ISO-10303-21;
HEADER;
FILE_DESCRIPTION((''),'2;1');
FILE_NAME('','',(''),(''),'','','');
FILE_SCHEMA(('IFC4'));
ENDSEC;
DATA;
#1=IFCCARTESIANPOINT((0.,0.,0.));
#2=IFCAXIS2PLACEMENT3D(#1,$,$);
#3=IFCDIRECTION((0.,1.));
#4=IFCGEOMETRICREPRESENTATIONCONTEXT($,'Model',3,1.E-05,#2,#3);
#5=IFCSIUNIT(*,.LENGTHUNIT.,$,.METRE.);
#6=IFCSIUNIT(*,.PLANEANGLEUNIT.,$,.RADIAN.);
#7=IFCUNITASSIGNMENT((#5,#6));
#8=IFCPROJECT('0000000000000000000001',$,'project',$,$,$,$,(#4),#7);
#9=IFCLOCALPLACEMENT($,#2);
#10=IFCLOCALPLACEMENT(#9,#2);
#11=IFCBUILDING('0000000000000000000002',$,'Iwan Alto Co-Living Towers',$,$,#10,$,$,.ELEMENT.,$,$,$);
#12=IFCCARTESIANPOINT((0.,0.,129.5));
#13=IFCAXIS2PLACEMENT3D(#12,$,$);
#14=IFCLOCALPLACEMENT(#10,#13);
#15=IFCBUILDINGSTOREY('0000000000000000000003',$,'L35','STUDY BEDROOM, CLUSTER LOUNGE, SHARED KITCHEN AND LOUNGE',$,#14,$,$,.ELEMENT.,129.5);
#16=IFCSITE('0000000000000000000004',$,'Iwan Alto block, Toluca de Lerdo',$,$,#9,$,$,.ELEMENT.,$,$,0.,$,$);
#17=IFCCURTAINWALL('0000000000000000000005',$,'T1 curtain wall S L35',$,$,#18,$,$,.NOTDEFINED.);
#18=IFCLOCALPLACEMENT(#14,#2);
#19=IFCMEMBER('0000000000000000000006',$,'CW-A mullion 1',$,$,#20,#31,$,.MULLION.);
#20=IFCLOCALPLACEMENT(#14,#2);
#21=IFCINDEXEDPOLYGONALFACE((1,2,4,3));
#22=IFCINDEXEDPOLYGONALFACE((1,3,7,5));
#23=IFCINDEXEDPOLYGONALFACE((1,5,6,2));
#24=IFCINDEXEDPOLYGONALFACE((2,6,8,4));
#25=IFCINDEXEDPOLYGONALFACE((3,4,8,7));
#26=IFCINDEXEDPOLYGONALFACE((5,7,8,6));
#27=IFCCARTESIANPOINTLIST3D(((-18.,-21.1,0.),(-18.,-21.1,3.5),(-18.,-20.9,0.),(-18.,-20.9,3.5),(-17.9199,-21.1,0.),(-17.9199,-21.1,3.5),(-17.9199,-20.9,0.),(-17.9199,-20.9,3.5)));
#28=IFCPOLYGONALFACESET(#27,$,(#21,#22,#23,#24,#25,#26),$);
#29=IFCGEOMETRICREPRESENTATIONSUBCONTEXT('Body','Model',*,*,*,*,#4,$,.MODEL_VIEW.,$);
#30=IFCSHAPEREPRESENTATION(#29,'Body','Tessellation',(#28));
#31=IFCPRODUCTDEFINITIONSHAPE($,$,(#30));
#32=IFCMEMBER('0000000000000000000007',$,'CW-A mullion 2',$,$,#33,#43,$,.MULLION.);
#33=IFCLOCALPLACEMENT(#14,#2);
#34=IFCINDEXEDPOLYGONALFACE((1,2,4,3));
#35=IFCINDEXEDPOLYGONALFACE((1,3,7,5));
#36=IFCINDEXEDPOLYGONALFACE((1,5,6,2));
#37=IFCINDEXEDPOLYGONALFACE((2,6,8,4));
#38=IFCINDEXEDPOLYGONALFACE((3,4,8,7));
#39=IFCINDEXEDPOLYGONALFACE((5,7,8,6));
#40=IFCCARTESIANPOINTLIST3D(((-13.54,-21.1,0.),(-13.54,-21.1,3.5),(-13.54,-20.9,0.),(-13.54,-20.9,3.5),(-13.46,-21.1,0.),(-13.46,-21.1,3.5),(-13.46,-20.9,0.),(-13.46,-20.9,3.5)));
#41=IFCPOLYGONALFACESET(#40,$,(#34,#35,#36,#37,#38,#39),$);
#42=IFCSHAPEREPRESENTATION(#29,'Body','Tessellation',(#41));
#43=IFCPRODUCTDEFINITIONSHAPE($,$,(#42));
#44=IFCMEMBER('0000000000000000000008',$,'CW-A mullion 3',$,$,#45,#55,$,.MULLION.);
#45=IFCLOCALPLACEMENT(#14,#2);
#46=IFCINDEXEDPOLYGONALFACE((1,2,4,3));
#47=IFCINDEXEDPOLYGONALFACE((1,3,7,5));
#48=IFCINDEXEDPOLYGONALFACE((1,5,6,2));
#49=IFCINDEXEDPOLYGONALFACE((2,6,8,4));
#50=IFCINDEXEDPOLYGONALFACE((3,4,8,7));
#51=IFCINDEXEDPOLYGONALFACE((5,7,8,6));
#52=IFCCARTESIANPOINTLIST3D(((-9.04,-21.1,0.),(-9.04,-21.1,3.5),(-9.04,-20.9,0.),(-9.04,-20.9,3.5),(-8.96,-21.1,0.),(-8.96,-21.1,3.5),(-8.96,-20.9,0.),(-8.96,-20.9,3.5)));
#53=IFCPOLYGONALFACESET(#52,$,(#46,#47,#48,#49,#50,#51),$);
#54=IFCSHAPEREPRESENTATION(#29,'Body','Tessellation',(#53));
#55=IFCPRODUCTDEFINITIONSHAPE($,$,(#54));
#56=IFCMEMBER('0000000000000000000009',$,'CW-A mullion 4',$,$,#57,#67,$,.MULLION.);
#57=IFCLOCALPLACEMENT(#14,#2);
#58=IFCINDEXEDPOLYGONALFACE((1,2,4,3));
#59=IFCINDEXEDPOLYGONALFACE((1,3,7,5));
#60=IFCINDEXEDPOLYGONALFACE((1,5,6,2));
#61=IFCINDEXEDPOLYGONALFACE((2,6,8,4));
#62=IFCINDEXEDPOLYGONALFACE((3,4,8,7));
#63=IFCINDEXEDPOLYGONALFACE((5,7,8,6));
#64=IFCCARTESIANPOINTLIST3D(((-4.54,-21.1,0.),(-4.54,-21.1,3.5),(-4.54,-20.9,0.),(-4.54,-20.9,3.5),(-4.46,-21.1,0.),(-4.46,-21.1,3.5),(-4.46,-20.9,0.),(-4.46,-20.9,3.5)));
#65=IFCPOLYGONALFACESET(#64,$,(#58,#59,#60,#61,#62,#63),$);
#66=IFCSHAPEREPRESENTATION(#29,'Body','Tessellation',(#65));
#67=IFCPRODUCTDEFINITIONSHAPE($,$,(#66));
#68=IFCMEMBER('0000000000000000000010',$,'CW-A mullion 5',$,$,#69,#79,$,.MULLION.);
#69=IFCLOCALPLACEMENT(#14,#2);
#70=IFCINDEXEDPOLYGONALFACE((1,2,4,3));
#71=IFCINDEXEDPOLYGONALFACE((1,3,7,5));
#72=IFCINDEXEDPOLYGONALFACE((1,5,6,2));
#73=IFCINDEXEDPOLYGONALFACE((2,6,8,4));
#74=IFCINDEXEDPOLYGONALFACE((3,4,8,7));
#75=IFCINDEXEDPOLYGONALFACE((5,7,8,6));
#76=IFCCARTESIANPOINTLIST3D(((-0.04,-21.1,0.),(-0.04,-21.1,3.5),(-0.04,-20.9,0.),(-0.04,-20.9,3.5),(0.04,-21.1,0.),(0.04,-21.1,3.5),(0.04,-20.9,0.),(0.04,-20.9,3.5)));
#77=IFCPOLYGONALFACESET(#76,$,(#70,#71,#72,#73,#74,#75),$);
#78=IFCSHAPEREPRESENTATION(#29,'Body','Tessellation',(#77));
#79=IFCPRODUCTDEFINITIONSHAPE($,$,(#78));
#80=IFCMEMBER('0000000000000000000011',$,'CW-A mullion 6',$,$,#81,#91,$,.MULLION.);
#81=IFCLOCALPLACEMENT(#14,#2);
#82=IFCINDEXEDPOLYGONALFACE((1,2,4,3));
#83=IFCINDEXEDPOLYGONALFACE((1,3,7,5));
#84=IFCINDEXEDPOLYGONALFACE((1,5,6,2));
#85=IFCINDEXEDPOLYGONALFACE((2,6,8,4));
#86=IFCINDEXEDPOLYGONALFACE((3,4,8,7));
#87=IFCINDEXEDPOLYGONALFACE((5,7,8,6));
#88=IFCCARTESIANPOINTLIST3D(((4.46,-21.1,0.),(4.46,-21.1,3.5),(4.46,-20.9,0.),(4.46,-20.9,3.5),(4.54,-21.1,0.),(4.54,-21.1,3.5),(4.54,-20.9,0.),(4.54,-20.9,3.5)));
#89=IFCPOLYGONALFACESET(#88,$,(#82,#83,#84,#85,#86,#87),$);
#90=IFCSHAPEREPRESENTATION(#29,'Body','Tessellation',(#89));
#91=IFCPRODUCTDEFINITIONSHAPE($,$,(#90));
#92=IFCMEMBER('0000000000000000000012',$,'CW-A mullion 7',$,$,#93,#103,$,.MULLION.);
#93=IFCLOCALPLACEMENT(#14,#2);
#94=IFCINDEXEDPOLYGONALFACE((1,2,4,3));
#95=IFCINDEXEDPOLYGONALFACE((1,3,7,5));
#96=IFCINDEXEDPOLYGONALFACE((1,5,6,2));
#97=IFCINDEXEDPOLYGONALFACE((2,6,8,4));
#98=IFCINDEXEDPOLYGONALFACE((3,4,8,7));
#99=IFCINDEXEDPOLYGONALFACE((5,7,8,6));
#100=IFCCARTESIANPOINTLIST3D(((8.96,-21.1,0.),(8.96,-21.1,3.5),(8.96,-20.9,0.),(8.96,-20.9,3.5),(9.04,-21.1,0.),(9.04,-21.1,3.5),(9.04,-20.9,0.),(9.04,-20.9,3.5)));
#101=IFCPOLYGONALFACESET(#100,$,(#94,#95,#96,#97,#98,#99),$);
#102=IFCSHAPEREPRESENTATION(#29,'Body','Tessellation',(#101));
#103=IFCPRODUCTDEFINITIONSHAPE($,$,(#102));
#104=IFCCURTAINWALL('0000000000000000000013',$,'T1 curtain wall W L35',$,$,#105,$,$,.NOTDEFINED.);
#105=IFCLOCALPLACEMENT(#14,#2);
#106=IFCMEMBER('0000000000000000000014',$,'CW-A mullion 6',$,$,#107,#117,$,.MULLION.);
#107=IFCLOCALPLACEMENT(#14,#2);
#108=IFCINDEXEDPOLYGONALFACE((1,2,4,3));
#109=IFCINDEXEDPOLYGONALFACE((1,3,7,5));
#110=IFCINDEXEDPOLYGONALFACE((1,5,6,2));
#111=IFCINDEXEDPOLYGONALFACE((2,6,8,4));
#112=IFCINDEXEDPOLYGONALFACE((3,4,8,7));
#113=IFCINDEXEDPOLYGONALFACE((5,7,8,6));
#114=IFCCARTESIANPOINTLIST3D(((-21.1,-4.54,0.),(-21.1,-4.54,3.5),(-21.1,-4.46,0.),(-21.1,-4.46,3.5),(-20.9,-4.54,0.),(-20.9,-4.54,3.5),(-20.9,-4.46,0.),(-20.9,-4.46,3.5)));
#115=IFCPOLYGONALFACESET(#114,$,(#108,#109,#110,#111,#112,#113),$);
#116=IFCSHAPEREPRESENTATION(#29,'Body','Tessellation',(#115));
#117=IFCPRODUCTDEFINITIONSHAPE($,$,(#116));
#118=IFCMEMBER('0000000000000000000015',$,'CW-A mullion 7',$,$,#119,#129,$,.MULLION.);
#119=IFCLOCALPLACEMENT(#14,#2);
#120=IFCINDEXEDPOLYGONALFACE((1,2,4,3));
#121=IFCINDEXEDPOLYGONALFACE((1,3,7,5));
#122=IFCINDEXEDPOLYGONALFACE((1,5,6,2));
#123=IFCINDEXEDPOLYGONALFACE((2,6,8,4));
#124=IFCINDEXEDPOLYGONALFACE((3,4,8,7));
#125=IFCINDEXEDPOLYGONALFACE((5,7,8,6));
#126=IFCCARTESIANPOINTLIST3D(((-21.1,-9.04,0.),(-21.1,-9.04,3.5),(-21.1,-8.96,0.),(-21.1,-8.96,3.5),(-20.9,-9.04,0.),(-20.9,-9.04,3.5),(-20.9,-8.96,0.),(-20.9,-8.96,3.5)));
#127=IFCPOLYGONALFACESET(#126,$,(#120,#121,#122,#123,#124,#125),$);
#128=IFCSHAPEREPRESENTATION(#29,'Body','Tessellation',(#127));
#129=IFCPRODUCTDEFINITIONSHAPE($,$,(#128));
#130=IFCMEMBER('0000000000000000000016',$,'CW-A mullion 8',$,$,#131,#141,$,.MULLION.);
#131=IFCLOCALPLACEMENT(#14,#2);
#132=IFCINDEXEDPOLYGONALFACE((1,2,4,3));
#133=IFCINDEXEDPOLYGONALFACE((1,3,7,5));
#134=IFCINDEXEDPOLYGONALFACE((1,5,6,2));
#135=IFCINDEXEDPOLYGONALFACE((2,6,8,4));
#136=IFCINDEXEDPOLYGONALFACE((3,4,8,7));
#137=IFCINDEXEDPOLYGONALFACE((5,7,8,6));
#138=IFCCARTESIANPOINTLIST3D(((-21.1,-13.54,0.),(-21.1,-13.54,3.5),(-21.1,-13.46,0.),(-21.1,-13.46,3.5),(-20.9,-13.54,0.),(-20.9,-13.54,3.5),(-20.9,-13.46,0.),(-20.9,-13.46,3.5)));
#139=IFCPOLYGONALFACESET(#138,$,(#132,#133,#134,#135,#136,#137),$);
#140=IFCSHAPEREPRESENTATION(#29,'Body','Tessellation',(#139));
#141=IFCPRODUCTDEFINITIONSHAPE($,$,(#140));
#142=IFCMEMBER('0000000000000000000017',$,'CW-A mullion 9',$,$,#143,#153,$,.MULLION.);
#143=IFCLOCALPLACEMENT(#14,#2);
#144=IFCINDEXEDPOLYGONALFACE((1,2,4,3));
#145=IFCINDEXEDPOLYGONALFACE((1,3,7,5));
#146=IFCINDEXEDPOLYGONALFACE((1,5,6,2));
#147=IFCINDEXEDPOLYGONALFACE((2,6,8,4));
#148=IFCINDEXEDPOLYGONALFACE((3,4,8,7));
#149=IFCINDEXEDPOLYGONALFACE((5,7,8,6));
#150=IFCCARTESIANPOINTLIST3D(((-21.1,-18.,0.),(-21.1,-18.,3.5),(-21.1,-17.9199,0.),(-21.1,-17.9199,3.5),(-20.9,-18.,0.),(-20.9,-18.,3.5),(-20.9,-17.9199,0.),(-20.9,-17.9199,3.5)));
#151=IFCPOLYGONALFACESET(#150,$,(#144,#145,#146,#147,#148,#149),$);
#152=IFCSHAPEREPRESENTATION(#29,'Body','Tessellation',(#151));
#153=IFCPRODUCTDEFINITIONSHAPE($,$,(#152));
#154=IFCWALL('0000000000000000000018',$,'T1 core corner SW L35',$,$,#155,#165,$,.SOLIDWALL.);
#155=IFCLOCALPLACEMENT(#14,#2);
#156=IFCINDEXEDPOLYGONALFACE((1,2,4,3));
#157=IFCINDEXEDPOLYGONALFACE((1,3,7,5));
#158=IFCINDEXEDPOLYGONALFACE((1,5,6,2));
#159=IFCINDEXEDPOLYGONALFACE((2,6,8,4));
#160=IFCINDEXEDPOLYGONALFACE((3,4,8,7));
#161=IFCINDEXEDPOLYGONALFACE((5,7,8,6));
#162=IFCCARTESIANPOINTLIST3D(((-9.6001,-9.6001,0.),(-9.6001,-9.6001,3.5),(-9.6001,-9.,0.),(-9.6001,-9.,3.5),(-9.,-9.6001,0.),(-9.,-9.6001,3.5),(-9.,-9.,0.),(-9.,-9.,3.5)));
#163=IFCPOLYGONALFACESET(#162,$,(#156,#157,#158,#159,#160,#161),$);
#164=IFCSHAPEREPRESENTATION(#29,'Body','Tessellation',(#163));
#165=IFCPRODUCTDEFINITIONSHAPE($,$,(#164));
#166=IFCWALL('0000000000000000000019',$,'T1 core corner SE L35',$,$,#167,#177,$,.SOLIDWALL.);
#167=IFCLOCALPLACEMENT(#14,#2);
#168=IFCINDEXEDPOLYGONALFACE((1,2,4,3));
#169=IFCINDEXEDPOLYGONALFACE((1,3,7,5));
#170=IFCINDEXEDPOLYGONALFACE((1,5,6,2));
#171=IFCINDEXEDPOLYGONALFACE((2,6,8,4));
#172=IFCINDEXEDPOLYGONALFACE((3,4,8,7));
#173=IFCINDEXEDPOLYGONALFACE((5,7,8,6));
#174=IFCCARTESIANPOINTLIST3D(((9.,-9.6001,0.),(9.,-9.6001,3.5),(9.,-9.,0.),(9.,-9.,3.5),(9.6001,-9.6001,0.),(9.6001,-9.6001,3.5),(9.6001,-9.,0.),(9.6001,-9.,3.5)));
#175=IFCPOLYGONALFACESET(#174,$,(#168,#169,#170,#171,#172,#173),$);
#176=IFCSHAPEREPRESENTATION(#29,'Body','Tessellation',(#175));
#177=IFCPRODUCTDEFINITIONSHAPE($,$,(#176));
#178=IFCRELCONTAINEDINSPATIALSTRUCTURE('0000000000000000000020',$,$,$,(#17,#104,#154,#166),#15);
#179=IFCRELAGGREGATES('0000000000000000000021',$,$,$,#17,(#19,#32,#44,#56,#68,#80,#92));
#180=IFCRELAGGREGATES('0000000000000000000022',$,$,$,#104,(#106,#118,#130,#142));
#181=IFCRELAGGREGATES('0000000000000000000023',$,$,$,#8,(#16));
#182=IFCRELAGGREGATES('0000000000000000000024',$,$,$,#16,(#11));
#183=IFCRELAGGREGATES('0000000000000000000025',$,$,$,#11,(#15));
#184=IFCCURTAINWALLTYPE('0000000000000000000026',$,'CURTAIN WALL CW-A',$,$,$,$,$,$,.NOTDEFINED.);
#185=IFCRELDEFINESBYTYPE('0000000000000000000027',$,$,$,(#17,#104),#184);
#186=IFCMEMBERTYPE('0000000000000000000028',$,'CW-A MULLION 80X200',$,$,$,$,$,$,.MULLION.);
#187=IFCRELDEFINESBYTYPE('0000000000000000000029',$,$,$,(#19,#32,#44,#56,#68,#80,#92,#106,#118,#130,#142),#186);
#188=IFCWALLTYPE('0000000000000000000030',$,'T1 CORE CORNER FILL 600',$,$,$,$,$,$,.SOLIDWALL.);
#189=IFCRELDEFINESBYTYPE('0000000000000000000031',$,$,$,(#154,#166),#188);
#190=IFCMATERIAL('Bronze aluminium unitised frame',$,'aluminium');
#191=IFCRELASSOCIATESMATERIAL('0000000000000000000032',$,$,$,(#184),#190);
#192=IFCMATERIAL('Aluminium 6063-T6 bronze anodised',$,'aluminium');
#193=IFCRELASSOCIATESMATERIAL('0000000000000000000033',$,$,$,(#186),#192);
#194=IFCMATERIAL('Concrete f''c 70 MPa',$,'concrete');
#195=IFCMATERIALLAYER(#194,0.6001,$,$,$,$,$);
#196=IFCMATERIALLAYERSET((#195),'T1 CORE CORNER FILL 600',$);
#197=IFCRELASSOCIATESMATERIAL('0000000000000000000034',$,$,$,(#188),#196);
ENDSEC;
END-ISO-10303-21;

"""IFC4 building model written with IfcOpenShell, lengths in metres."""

from ifc_helpers import new_model, si_unit, direction, frame, frame_2d, origin, origin_2d, place, context, subcontext, project, spatial, rectangle, extrude, material, layer, layer_set, material_profile, profile_set, type_object, element, aggregate, save


model = new_model("IFC4")

# Units and contexts
model_context = context("Model", 3, precision=1e-05, world=origin(), true_north=direction((0.0, 1.0)))
body_context = subcontext(model_context, "Body", "Model", "MODEL_VIEW")
ifc_project = project(units=[si_unit("LENGTHUNIT", "METRE"), si_unit("PLANEANGLEUNIT", "RADIAN")], contexts=[model_context])

# Site, building, storey
site_placement = place(None, origin())
site = spatial("IfcSite", under=ifc_project, at=site_placement, Name="Iwan Alto block, Toluca de Lerdo", CompositionType="ELEMENT", RefElevation=0.0)
building_placement = place(site_placement, origin())
building = spatial("IfcBuilding", under=site, at=building_placement, Name="Iwan Alto Co-Living Towers", CompositionType="ELEMENT")
storey_placement = place(building_placement, frame((0.0, 0.0, 129.5)))
storey = spatial("IfcBuildingStorey", under=building, at=storey_placement, Name="L35", Description="STUDY BEDROOM, CLUSTER LOUNGE, SHARED KITCHEN AND LOUNGE", CompositionType="ELEMENT", Elevation=129.5)

# Curtain walls, members
ifc_material_1 = material(Name="Bronze aluminium unitised frame", Category="aluminium")
curtain_wall_type = type_object("IfcCurtainWallType", Name="CURTAIN WALL CW-A", PredefinedType="NOTDEFINED", material=ifc_material_1)
curtain_wall_1_placement = place(storey_placement, origin())
curtain_wall_1 = element("IfcCurtainWall", 1, at=curtain_wall_1_placement, inside=storey, type_object=curtain_wall_type, Name="T1 curtain wall S L35", PredefinedType="NOTDEFINED")
ifc_material_2 = material(Name="Aluminium 6063-T6 bronze anodised", Category="aluminium")
ifc_material_profile = material_profile(ifc_material_2, rectangle(XDim=0.2, YDim=0.0801, at=origin_2d()), Name="AL 80X200")
ifc_profile_set = profile_set([ifc_material_profile], Name="Aluminium 6063-T6 bronze anodised")
member_type = type_object("IfcMemberType", Name="CW-A MULLION 80X200", PredefinedType="MULLION", material=ifc_profile_set)
member_1_placement = place(storey_placement, frame((-17.96, -21.0, 0.0), z_axis=(0.0, 0.0, 1.0), x_axis=(0.0, 1.0, 0.0)))
member_1 = element("IfcMember", 2, at=member_1_placement, type_object=member_type, Name="CW-A mullion 1", PredefinedType="MULLION", context=body_context, shape_type="SweptSolid", body=[
    extrude(rectangle(XDim=0.2, YDim=0.0801, at=origin_2d()), origin(), (0.0, 0.0, 1.0), 3.5),
])
member_2_placement = place(storey_placement, frame((-13.5, -21.0, 0.0), z_axis=(0.0, 0.0, 1.0), x_axis=(0.0, 1.0, 0.0)))
member_2 = element("IfcMember", 3, at=member_2_placement, type_object=member_type, Name="CW-A mullion 2", PredefinedType="MULLION", context=body_context, shape_type="SweptSolid", body=[
    extrude(rectangle(XDim=0.2, YDim=0.0801, at=origin_2d()), origin(), (0.0, 0.0, 1.0), 3.5),
])
member_3_placement = place(storey_placement, frame((-9.0, -21.0, 0.0), z_axis=(0.0, 0.0, 1.0), x_axis=(0.0, 1.0, 0.0)))
member_3 = element("IfcMember", 4, at=member_3_placement, type_object=member_type, Name="CW-A mullion 3", PredefinedType="MULLION", context=body_context, shape_type="SweptSolid", body=[
    extrude(rectangle(XDim=0.2, YDim=0.0801, at=origin_2d()), origin(), (0.0, 0.0, 1.0), 3.5),
])
member_4_placement = place(storey_placement, frame((-4.5, -21.0, 0.0), z_axis=(0.0, 0.0, 1.0), x_axis=(0.0, 1.0, 0.0)))
member_4 = element("IfcMember", 5, at=member_4_placement, type_object=member_type, Name="CW-A mullion 4", PredefinedType="MULLION", context=body_context, shape_type="SweptSolid", body=[
    extrude(rectangle(XDim=0.2, YDim=0.0801, at=origin_2d()), origin(), (0.0, 0.0, 1.0), 3.5),
])
member_5_placement = place(storey_placement, frame((0.0, -21.0, 0.0), z_axis=(0.0, 0.0, 1.0), x_axis=(0.0, 1.0, 0.0)))
member_5 = element("IfcMember", 6, at=member_5_placement, type_object=member_type, Name="CW-A mullion 5", PredefinedType="MULLION", context=body_context, shape_type="SweptSolid", body=[
    extrude(rectangle(XDim=0.2, YDim=0.0801, at=origin_2d()), origin(), (0.0, 0.0, 1.0), 3.5),
])
member_6_placement = place(storey_placement, frame((4.5, -21.0, 0.0), z_axis=(0.0, 0.0, 1.0), x_axis=(0.0, 1.0, 0.0)))
member_6 = element("IfcMember", 7, at=member_6_placement, type_object=member_type, Name="CW-A mullion 6", PredefinedType="MULLION", context=body_context, shape_type="SweptSolid", body=[
    extrude(rectangle(XDim=0.2, YDim=0.0801, at=origin_2d()), origin(), (0.0, 0.0, 1.0), 3.5),
])
member_7_placement = place(storey_placement, frame((9.0, -21.0, 0.0), z_axis=(0.0, 0.0, 1.0), x_axis=(0.0, 1.0, 0.0)))
member_7 = element("IfcMember", 8, at=member_7_placement, type_object=member_type, Name="CW-A mullion 7", PredefinedType="MULLION", context=body_context, shape_type="SweptSolid", body=[
    extrude(rectangle(XDim=0.2, YDim=0.0801, at=origin_2d()), origin(), (0.0, 0.0, 1.0), 3.5),
])
aggregate(curtain_wall_1, [member_1, member_2, member_3, member_4, member_5, member_6, member_7])
curtain_wall_2_placement = place(storey_placement, origin())
curtain_wall_2 = element("IfcCurtainWall", 9, at=curtain_wall_2_placement, inside=storey, type_object=curtain_wall_type, Name="T1 curtain wall W L35", PredefinedType="NOTDEFINED")
member_8_placement = place(storey_placement, frame((-21.0, -4.5, 0.0), z_axis=(0.0, 0.0, 1.0), x_axis=(1.0, 0.0, 0.0)))
member_8 = element("IfcMember", 10, at=member_8_placement, type_object=member_type, Name="CW-A mullion 6", PredefinedType="MULLION", context=body_context, shape_type="SweptSolid", body=[
    extrude(rectangle(XDim=0.2, YDim=0.0801, at=origin_2d()), origin(), (0.0, 0.0, 1.0), 3.5),
])
member_9_placement = place(storey_placement, frame((-21.0, -9.0, 0.0), z_axis=(0.0, 0.0, 1.0), x_axis=(1.0, 0.0, 0.0)))
member_9 = element("IfcMember", 11, at=member_9_placement, type_object=member_type, Name="CW-A mullion 7", PredefinedType="MULLION", context=body_context, shape_type="SweptSolid", body=[
    extrude(rectangle(XDim=0.2, YDim=0.0801, at=origin_2d()), origin(), (0.0, 0.0, 1.0), 3.5),
])
member_10_placement = place(storey_placement, frame((-21.0, -13.5, 0.0), z_axis=(0.0, 0.0, 1.0), x_axis=(1.0, 0.0, 0.0)))
member_10 = element("IfcMember", 12, at=member_10_placement, type_object=member_type, Name="CW-A mullion 8", PredefinedType="MULLION", context=body_context, shape_type="SweptSolid", body=[
    extrude(rectangle(XDim=0.2, YDim=0.0801, at=origin_2d()), origin(), (0.0, 0.0, 1.0), 3.5),
])
member_11_placement = place(storey_placement, frame((-21.0, -17.96, 0.0), z_axis=(0.0, 0.0, 1.0), x_axis=(1.0, 0.0, 0.0)))
member_11 = element("IfcMember", 13, at=member_11_placement, type_object=member_type, Name="CW-A mullion 9", PredefinedType="MULLION", context=body_context, shape_type="SweptSolid", body=[
    extrude(rectangle(XDim=0.2, YDim=0.0801, at=origin_2d()), origin(), (0.0, 0.0, 1.0), 3.5),
])
aggregate(curtain_wall_2, [member_8, member_9, member_10, member_11])

# Walls
ifc_material_3 = material(Name="Concrete f'c 70 MPa", Category="concrete")
ifc_layer_1 = layer(ifc_material_3, 0.6001)
ifc_layer_set_1 = layer_set([ifc_layer_1], Name="T1 CORE CORNER FILL 600")
wall_type_1 = type_object("IfcWallType", Name="T1 CORE CORNER FILL 600", PredefinedType="SOLIDWALL", material=ifc_layer_set_1)
for number, where, z_axis, x_axis, name in (
    (14, (-9.6001, -9.3, 0.0), (0.0, 0.0, 1.0), (1.0, 0.0, 0.0), "T1 core corner SW L35"),
    (15, (9.0, -9.3, 0.0), (0.0, 0.0, 1.0), (1.0, 0.0, 0.0), "T1 core corner SE L35"),
):
    element("IfcWall", number, at=place(storey_placement, frame(where, z_axis=z_axis, x_axis=x_axis)), inside=storey, type_object=wall_type_1, Name=name, PredefinedType="SOLIDWALL", context=body_context, shape_type="SweptSolid", body=[
        extrude(rectangle(XDim=0.6001, YDim=0.6001, at=frame_2d((0.3, 0.0))), origin(), (0.0, 0.0, 1.0), 3.5),
    ])

save(model, "model.ifc")
